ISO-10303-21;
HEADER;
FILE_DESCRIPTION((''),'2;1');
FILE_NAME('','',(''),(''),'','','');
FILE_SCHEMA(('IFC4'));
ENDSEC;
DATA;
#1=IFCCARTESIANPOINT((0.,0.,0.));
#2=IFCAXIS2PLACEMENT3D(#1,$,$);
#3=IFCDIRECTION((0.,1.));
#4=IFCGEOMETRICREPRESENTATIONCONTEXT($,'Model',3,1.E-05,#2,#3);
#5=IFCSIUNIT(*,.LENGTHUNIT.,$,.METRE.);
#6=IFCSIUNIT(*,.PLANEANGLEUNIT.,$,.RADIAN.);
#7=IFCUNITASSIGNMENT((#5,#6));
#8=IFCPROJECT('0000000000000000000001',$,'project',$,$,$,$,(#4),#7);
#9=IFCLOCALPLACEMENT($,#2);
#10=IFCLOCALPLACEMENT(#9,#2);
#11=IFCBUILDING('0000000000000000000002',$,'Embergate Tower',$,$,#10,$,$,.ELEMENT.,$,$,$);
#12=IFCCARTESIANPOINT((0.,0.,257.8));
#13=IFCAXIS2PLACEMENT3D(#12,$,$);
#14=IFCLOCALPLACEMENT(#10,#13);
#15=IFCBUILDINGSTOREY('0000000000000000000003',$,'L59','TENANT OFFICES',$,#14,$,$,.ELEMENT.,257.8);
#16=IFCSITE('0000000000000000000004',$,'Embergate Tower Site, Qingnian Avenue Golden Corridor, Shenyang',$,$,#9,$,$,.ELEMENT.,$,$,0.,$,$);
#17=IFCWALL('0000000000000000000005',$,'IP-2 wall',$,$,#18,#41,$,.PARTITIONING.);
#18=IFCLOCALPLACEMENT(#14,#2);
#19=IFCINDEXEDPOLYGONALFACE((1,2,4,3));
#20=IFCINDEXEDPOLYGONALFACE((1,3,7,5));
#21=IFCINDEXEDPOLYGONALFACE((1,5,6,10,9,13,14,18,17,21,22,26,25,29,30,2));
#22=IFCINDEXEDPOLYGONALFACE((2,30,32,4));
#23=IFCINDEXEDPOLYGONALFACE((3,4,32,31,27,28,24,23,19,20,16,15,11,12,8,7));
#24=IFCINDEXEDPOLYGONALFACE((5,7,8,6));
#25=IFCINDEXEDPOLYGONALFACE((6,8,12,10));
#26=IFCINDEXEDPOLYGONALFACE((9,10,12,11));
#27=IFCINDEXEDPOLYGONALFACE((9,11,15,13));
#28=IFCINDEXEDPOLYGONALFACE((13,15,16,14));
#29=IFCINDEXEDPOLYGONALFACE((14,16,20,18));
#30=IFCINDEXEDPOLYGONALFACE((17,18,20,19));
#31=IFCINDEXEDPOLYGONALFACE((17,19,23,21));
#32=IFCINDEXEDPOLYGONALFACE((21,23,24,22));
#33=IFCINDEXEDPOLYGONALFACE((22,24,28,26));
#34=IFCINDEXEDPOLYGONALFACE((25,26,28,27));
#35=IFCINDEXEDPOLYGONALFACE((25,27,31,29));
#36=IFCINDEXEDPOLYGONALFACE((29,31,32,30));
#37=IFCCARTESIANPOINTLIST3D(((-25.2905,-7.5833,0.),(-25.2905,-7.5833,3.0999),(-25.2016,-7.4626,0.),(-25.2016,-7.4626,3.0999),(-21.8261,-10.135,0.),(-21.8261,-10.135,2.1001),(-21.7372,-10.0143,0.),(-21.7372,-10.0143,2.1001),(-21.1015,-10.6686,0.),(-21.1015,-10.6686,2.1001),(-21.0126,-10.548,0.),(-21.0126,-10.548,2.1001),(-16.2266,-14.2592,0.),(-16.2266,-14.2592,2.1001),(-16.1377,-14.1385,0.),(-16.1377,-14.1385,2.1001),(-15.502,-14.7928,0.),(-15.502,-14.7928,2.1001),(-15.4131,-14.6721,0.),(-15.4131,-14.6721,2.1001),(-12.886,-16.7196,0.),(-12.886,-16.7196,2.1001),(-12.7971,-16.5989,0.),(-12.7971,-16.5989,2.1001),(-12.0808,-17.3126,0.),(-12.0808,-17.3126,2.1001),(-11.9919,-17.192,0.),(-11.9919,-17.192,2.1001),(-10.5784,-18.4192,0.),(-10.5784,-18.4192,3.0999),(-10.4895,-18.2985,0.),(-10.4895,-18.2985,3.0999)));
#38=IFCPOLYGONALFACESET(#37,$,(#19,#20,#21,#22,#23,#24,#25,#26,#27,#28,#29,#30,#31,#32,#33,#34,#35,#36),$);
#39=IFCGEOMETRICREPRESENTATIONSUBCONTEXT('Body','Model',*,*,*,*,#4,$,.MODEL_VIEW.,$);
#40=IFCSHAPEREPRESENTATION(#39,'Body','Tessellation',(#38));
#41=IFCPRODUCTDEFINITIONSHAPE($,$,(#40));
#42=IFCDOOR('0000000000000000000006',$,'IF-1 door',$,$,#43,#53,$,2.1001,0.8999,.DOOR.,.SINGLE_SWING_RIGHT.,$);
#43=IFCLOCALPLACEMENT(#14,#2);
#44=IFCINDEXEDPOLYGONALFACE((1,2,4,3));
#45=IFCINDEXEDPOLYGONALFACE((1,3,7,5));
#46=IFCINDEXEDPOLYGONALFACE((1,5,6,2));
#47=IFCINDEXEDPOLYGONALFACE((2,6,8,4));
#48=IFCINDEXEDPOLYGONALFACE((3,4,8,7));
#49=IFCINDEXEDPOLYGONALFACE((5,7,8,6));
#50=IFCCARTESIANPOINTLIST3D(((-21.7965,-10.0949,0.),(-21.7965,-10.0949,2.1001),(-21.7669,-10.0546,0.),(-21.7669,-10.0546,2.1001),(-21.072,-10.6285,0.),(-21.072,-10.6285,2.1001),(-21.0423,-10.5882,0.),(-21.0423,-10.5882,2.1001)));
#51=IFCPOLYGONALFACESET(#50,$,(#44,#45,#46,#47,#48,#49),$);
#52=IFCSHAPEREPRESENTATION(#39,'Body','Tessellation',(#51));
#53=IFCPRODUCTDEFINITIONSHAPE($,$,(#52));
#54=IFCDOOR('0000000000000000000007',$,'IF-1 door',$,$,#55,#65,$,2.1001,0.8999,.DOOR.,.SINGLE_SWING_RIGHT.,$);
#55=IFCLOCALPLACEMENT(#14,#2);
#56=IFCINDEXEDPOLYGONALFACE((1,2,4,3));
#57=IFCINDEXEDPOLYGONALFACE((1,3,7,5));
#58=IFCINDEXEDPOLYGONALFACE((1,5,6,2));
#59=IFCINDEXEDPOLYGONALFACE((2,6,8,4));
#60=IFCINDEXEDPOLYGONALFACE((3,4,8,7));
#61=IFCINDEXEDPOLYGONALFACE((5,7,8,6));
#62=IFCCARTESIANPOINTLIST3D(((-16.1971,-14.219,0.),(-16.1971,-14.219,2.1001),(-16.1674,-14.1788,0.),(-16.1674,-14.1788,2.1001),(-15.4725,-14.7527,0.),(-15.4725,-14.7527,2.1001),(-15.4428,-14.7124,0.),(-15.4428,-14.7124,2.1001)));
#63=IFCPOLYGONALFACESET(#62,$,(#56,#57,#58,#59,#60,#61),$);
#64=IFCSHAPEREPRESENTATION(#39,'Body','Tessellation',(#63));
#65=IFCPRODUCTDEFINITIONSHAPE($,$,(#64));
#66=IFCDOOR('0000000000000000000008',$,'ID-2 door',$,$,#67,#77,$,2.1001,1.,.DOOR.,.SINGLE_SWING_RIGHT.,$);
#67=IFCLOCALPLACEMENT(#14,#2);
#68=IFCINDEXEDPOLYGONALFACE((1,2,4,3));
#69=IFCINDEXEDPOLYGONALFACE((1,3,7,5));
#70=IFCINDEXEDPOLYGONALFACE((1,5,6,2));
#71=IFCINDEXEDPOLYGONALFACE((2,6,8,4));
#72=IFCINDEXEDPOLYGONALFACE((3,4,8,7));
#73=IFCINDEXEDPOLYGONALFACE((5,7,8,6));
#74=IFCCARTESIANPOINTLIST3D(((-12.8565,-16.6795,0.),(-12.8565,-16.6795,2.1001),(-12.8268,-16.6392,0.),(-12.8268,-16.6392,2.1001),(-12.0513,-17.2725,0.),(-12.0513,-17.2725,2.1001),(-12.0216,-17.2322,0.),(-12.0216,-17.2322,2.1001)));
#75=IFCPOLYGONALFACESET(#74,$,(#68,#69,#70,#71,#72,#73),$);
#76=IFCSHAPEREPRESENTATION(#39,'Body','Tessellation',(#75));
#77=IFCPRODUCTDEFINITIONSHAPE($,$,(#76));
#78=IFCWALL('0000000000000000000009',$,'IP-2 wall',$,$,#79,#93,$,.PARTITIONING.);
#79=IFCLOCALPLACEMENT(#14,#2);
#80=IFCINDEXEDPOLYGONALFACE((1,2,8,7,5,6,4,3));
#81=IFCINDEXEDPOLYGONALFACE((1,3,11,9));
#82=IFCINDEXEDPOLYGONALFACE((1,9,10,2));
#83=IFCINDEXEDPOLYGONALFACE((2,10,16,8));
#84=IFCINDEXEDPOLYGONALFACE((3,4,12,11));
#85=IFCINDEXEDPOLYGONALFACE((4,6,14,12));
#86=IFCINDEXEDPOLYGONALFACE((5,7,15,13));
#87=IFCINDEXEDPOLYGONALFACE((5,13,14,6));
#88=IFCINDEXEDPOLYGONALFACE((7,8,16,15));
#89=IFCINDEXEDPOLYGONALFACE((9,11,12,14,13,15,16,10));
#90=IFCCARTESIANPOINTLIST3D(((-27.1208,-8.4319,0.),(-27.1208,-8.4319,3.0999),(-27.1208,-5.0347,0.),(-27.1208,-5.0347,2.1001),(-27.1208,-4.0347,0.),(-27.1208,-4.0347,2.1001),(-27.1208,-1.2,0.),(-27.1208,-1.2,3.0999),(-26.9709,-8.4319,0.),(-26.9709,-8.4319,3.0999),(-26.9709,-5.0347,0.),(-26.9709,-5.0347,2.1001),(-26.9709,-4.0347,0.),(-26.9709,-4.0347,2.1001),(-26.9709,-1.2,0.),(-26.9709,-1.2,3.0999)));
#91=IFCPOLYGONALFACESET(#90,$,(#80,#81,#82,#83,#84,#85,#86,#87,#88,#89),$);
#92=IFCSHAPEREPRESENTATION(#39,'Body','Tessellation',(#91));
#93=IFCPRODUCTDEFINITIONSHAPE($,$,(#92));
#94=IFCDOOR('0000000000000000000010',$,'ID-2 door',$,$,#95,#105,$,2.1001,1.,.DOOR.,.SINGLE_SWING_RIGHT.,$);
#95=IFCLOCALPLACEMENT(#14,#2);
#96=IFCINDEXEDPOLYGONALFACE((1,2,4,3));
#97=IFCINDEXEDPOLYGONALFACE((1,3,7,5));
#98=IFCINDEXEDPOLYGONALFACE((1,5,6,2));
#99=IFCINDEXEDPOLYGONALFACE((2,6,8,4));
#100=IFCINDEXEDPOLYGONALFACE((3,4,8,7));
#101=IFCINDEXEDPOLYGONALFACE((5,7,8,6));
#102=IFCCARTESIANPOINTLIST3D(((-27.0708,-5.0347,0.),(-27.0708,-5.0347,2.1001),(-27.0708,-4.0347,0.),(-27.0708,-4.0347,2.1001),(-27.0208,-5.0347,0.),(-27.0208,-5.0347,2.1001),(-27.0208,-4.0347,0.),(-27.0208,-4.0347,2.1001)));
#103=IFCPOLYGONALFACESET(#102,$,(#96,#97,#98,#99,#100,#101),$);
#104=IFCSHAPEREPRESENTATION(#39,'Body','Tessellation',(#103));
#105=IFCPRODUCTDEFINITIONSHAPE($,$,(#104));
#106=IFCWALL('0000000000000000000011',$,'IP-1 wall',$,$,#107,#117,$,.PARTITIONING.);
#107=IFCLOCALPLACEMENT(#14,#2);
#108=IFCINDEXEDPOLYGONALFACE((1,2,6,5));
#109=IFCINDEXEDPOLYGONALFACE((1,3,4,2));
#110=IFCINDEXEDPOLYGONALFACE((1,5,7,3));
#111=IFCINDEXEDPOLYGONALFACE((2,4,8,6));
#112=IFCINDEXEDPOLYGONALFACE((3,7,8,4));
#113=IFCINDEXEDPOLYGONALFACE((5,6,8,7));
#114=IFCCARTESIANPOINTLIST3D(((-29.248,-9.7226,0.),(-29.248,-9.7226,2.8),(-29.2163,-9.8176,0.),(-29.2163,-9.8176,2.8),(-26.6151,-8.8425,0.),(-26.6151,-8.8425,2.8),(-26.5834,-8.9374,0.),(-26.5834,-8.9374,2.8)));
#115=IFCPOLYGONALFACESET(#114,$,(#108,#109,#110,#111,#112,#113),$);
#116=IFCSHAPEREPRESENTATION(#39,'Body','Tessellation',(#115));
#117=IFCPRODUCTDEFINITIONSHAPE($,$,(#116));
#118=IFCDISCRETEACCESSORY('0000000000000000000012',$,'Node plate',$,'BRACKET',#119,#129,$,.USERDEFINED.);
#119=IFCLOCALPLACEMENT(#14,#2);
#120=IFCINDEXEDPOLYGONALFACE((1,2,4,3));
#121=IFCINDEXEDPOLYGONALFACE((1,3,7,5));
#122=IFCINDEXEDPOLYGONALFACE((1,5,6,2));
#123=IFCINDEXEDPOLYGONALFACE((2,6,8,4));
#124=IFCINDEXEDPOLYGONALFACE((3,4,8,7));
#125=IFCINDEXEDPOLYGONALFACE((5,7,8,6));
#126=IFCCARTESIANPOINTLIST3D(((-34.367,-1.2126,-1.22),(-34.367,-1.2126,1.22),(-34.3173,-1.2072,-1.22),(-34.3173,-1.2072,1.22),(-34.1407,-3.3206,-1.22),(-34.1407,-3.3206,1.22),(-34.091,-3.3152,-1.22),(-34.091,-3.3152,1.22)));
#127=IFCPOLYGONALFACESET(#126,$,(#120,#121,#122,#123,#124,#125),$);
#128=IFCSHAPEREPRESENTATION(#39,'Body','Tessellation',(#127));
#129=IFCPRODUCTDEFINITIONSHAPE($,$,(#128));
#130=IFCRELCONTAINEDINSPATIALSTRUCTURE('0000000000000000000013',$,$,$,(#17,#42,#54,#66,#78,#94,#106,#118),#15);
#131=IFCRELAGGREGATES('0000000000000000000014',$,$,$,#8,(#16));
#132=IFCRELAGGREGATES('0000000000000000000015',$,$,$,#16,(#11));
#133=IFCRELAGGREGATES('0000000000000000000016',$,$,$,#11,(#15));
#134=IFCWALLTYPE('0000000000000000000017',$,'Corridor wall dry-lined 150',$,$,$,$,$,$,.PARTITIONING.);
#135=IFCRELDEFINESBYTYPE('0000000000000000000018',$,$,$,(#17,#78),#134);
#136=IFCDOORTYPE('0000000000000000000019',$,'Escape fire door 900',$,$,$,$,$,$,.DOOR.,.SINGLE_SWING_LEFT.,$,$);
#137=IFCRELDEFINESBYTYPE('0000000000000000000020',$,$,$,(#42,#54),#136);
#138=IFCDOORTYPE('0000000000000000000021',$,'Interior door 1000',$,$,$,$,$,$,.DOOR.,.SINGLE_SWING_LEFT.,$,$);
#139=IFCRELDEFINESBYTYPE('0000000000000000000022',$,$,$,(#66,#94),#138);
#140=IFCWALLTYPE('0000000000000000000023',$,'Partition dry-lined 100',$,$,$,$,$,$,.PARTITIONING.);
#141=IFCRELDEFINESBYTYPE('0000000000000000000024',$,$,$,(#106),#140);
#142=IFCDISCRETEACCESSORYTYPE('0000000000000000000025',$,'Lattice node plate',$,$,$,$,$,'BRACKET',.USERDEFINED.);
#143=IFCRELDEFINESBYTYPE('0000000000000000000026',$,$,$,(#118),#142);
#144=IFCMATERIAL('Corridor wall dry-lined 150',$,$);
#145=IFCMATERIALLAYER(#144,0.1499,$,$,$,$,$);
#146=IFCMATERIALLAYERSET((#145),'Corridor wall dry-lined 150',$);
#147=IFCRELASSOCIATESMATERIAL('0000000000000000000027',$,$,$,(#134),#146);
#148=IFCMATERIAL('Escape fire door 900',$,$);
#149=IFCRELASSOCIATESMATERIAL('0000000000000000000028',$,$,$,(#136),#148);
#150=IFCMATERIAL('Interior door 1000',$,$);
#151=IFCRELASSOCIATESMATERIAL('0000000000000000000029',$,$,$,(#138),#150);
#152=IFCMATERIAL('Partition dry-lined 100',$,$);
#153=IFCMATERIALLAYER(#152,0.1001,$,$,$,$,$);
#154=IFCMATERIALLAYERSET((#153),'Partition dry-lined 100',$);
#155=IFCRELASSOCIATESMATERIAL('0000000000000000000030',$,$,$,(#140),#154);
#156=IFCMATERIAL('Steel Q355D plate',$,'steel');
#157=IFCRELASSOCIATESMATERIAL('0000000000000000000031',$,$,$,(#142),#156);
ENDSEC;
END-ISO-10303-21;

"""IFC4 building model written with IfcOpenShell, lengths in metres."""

from ifc_helpers import new_model, si_unit, direction, frame, frame_2d, origin, origin_2d, place, context, subcontext, project, spatial, rectangle, extrude, source, transform, mapped, material, layer, layer_set, type_object, element, fill, save


model = new_model("IFC4")

# Units and contexts
model_context = context("Model", 3, precision=1e-05, world=origin(), true_north=direction((0.0, 1.0)))
body_context = subcontext(model_context, "Body", "Model", "MODEL_VIEW")
ifc_project = project(units=[si_unit("LENGTHUNIT", "METRE"), si_unit("PLANEANGLEUNIT", "RADIAN")], contexts=[model_context])

# Site, building, storey
site_placement = place(None, origin())
site = spatial("IfcSite", under=ifc_project, at=site_placement, Name="Embergate Tower Site, Qingnian Avenue Golden Corridor, Shenyang", CompositionType="ELEMENT", RefElevation=0.0)
building_placement = place(site_placement, origin())
building = spatial("IfcBuilding", under=site, at=building_placement, Name="Embergate Tower", CompositionType="ELEMENT")
storey_placement = place(building_placement, frame((0.0, 0.0, 257.8)))
storey = spatial("IfcBuildingStorey", under=building, at=storey_placement, Name="L59", Description="TENANT OFFICES", CompositionType="ELEMENT", Elevation=257.8)

# Wall, openings, doors
ifc_material_1 = material(Name="Corridor wall dry-lined 150")
ifc_layer_1 = layer(ifc_material_1, 0.1499)
ifc_layer_set_1 = layer_set([ifc_layer_1], Name="Corridor wall dry-lined 150")
wall_type_1 = type_object("IfcWallType", Name="Corridor wall dry-lined 150", PredefinedType="PARTITIONING", material=ifc_layer_set_1)
shared_shape_1 = source(origin(), body_context, "Body", "SweptSolid", [
    extrude(rectangle(XDim=18.272, YDim=0.1499, at=frame_2d((9.136, 0.0))), origin(), (0.0, 0.0, 1.0), 3.0999),
])
wall_1_placement = place(storey_placement, frame((-25.2461, -7.5229, 0.0), z_axis=(0.0, 0.0, 1.0), x_axis=(0.805176, -0.593036, 0.0)))
wall_1 = element("IfcWall", 1, at=wall_1_placement, inside=storey, type_object=wall_type_1, Name="IP-2 wall", PredefinedType="PARTITIONING", context=body_context, shape_type="MappedRepresentation", body=[
    mapped(shared_shape_1, transform((0.0, 0.0, 0.0))),
])
shared_shape_2 = source(origin(), body_context, "Body", "SweptSolid", [
    extrude(rectangle(XDim=0.8999, YDim=2.1001, at=frame_2d((0.45, 1.05))), frame((0.0, 0.085, 0.0), z_axis=(0.0, -1.0, 0.0), x_axis=(1.0, 0.0, 0.0)), (0.0, 0.0, 1.0), 0.1699),
])
opening_1_placement = place(wall_1_placement, frame((4.3027, 0.0, 0.0)))
opening_1 = element("IfcOpeningElement", 2, at=opening_1_placement, cuts=wall_1, PredefinedType="OPENING", context=body_context, shape_type="MappedRepresentation", body=[
    mapped(shared_shape_2, transform((0.0, 0.0, 0.0))),
])
opening_2_placement = place(wall_1_placement, frame((11.2571, 0.0, 0.0)))
opening_2 = element("IfcOpeningElement", 3, at=opening_2_placement, cuts=wall_1, PredefinedType="OPENING", context=body_context, shape_type="MappedRepresentation", body=[
    mapped(shared_shape_2, transform((0.0, 0.0, 0.0))),
])
shared_shape_3 = source(origin(), body_context, "Body", "SweptSolid", [
    extrude(rectangle(XDim=1.0, YDim=2.1001, at=frame_2d((0.5, 1.05))), frame((0.0, 0.085, 0.0), z_axis=(0.0, -1.0, 0.0), x_axis=(1.0, 0.0, 0.0)), (0.0, 0.0, 1.0), 0.1699),
])
opening_3_placement = place(wall_1_placement, frame((15.406, 0.0, 0.0)))
opening_3 = element("IfcOpeningElement", 4, at=opening_3_placement, cuts=wall_1, PredefinedType="OPENING", context=body_context, shape_type="MappedRepresentation", body=[
    mapped(shared_shape_3, transform((0.0, 0.0, 0.0))),
])
ifc_material_2 = material(Name="Escape fire door 900")
door_type_1 = type_object("IfcDoorType", Name="Escape fire door 900", OperationType="SINGLE_SWING_LEFT", PredefinedType="DOOR", material=ifc_material_2)
shared_shape_4 = source(origin(), body_context, "Body", "SweptSolid", [
    extrude(rectangle(XDim=0.8999, YDim=2.1001, at=frame_2d((0.45, 1.05))), frame((0.0, 0.0249, 0.0), z_axis=(0.0, -1.0, 0.0), x_axis=(1.0, 0.0, 0.0)), (0.0, 0.0, 1.0), 0.05),
])
door_1_placement = place(opening_1_placement, origin())
door_1 = element("IfcDoor", 5, at=door_1_placement, inside=storey, type_object=door_type_1, Name="IF-1 door", OperationType="SINGLE_SWING_RIGHT", OverallHeight=2.1001, OverallWidth=0.8999, PredefinedType="DOOR", context=body_context, shape_type="MappedRepresentation", body=[
    mapped(shared_shape_4, transform((0.0, 0.0, 0.0))),
])
fill(opening_1, door_1)
door_2_placement = place(opening_2_placement, origin())
door_2 = element("IfcDoor", 6, at=door_2_placement, inside=storey, type_object=door_type_1, Name="IF-1 door", OperationType="SINGLE_SWING_RIGHT", OverallHeight=2.1001, OverallWidth=0.8999, PredefinedType="DOOR", context=body_context, shape_type="MappedRepresentation", body=[
    mapped(shared_shape_4, transform((0.0, 0.0, 0.0))),
])
fill(opening_2, door_2)
ifc_material_3 = material(Name="Interior door 1000")
door_type_2 = type_object("IfcDoorType", Name="Interior door 1000", OperationType="SINGLE_SWING_LEFT", PredefinedType="DOOR", material=ifc_material_3)
shared_shape_5 = source(origin(), body_context, "Body", "SweptSolid", [
    extrude(rectangle(XDim=1.0, YDim=2.1001, at=frame_2d((0.5, 1.05))), frame((0.0, 0.0249, 0.0), z_axis=(0.0, -1.0, 0.0), x_axis=(1.0, 0.0, 0.0)), (0.0, 0.0, 1.0), 0.05),
])
door_3_placement = place(opening_3_placement, origin())
door_3 = element("IfcDoor", 7, at=door_3_placement, inside=storey, type_object=door_type_2, Name="ID-2 door", OperationType="SINGLE_SWING_RIGHT", OverallHeight=2.1001, OverallWidth=1.0, PredefinedType="DOOR", context=body_context, shape_type="MappedRepresentation", body=[
    mapped(shared_shape_5, transform((0.0, 0.0, 0.0))),
])
fill(opening_3, door_3)

# Wall, opening, door
shared_shape_6 = source(origin(), body_context, "Body", "SweptSolid", [
    extrude(rectangle(XDim=7.2319, YDim=0.1499, at=frame_2d((3.616, 0.0))), origin(), (0.0, 0.0, 1.0), 3.0999),
])
wall_2_placement = place(storey_placement, frame((-27.0459, -8.4319, 0.0), z_axis=(0.0, 0.0, 1.0), x_axis=(0.0, 1.0, 0.0)))
wall_2 = element("IfcWall", 8, at=wall_2_placement, inside=storey, type_object=wall_type_1, Name="IP-2 wall", PredefinedType="PARTITIONING", context=body_context, shape_type="MappedRepresentation", body=[
    mapped(shared_shape_6, transform((0.0, 0.0, 0.0))),
])
opening_4_placement = place(wall_2_placement, frame((3.3972, 0.0, 0.0)))
opening_4 = element("IfcOpeningElement", 9, at=opening_4_placement, cuts=wall_2, PredefinedType="OPENING", context=body_context, shape_type="MappedRepresentation", body=[
    mapped(shared_shape_3, transform((0.0, 0.0, 0.0))),
])
door_4_placement = place(opening_4_placement, origin())
door_4 = element("IfcDoor", 10, at=door_4_placement, inside=storey, type_object=door_type_2, Name="ID-2 door", OperationType="SINGLE_SWING_RIGHT", OverallHeight=2.1001, OverallWidth=1.0, PredefinedType="DOOR", context=body_context, shape_type="MappedRepresentation", body=[
    mapped(shared_shape_5, transform((0.0, 0.0, 0.0))),
])
fill(opening_4, door_4)

# Wall
ifc_material_4 = material(Name="Partition dry-lined 100")
ifc_layer_2 = layer(ifc_material_4, 0.1001)
ifc_layer_set_2 = layer_set([ifc_layer_2], Name="Partition dry-lined 100")
wall_type_2 = type_object("IfcWallType", Name="Partition dry-lined 100", PredefinedType="PARTITIONING", material=ifc_layer_set_2)
shared_shape_7 = source(origin(), body_context, "Body", "SweptSolid", [
    extrude(rectangle(XDim=2.7761, YDim=0.1001, at=frame_2d((1.3882, 0.0))), origin(), (0.0, 0.0, 1.0), 2.8),
])
wall_3_placement = place(storey_placement, frame((-26.5991, -8.8899, 0.0), z_axis=(0.0, 0.0, 1.0), x_axis=(-0.94841, -0.317046, 0.0)))
element("IfcWall", 11, at=wall_3_placement, inside=storey, type_object=wall_type_2, Name="IP-1 wall", PredefinedType="PARTITIONING", context=body_context, shape_type="MappedRepresentation", body=[
    mapped(shared_shape_7, transform((0.0, 0.0, 0.0))),
])

# Discrete accessory
ifc_material_5 = material(Name="Steel Q355D plate", Category="steel")
discrete_accessory_type = type_object("IfcDiscreteAccessoryType", Name="Lattice node plate", ElementType="BRACKET", PredefinedType="USERDEFINED", material=ifc_material_5)
shared_shape_8 = source(origin(), body_context, "Body", "SweptSolid", [
    extrude(rectangle(XDim=2.1201, YDim=0.05, at=origin_2d()), origin(), (0.0, 0.0, 1.0), 2.4399),
])
discrete_accessory_placement = place(storey_placement, frame((-34.229, -2.2639, -1.22), z_axis=(0.0, 0.0, 1.0), x_axis=(0.10675, -0.994286, 0.0)))
element("IfcDiscreteAccessory", 12, at=discrete_accessory_placement, inside=storey, type_object=discrete_accessory_type, Name="Node plate", ObjectType="BRACKET", PredefinedType="USERDEFINED", context=body_context, shape_type="MappedRepresentation", body=[
    mapped(shared_shape_8, transform((0.0, 0.0, 0.0))),
])

save(model, "model.ifc")
